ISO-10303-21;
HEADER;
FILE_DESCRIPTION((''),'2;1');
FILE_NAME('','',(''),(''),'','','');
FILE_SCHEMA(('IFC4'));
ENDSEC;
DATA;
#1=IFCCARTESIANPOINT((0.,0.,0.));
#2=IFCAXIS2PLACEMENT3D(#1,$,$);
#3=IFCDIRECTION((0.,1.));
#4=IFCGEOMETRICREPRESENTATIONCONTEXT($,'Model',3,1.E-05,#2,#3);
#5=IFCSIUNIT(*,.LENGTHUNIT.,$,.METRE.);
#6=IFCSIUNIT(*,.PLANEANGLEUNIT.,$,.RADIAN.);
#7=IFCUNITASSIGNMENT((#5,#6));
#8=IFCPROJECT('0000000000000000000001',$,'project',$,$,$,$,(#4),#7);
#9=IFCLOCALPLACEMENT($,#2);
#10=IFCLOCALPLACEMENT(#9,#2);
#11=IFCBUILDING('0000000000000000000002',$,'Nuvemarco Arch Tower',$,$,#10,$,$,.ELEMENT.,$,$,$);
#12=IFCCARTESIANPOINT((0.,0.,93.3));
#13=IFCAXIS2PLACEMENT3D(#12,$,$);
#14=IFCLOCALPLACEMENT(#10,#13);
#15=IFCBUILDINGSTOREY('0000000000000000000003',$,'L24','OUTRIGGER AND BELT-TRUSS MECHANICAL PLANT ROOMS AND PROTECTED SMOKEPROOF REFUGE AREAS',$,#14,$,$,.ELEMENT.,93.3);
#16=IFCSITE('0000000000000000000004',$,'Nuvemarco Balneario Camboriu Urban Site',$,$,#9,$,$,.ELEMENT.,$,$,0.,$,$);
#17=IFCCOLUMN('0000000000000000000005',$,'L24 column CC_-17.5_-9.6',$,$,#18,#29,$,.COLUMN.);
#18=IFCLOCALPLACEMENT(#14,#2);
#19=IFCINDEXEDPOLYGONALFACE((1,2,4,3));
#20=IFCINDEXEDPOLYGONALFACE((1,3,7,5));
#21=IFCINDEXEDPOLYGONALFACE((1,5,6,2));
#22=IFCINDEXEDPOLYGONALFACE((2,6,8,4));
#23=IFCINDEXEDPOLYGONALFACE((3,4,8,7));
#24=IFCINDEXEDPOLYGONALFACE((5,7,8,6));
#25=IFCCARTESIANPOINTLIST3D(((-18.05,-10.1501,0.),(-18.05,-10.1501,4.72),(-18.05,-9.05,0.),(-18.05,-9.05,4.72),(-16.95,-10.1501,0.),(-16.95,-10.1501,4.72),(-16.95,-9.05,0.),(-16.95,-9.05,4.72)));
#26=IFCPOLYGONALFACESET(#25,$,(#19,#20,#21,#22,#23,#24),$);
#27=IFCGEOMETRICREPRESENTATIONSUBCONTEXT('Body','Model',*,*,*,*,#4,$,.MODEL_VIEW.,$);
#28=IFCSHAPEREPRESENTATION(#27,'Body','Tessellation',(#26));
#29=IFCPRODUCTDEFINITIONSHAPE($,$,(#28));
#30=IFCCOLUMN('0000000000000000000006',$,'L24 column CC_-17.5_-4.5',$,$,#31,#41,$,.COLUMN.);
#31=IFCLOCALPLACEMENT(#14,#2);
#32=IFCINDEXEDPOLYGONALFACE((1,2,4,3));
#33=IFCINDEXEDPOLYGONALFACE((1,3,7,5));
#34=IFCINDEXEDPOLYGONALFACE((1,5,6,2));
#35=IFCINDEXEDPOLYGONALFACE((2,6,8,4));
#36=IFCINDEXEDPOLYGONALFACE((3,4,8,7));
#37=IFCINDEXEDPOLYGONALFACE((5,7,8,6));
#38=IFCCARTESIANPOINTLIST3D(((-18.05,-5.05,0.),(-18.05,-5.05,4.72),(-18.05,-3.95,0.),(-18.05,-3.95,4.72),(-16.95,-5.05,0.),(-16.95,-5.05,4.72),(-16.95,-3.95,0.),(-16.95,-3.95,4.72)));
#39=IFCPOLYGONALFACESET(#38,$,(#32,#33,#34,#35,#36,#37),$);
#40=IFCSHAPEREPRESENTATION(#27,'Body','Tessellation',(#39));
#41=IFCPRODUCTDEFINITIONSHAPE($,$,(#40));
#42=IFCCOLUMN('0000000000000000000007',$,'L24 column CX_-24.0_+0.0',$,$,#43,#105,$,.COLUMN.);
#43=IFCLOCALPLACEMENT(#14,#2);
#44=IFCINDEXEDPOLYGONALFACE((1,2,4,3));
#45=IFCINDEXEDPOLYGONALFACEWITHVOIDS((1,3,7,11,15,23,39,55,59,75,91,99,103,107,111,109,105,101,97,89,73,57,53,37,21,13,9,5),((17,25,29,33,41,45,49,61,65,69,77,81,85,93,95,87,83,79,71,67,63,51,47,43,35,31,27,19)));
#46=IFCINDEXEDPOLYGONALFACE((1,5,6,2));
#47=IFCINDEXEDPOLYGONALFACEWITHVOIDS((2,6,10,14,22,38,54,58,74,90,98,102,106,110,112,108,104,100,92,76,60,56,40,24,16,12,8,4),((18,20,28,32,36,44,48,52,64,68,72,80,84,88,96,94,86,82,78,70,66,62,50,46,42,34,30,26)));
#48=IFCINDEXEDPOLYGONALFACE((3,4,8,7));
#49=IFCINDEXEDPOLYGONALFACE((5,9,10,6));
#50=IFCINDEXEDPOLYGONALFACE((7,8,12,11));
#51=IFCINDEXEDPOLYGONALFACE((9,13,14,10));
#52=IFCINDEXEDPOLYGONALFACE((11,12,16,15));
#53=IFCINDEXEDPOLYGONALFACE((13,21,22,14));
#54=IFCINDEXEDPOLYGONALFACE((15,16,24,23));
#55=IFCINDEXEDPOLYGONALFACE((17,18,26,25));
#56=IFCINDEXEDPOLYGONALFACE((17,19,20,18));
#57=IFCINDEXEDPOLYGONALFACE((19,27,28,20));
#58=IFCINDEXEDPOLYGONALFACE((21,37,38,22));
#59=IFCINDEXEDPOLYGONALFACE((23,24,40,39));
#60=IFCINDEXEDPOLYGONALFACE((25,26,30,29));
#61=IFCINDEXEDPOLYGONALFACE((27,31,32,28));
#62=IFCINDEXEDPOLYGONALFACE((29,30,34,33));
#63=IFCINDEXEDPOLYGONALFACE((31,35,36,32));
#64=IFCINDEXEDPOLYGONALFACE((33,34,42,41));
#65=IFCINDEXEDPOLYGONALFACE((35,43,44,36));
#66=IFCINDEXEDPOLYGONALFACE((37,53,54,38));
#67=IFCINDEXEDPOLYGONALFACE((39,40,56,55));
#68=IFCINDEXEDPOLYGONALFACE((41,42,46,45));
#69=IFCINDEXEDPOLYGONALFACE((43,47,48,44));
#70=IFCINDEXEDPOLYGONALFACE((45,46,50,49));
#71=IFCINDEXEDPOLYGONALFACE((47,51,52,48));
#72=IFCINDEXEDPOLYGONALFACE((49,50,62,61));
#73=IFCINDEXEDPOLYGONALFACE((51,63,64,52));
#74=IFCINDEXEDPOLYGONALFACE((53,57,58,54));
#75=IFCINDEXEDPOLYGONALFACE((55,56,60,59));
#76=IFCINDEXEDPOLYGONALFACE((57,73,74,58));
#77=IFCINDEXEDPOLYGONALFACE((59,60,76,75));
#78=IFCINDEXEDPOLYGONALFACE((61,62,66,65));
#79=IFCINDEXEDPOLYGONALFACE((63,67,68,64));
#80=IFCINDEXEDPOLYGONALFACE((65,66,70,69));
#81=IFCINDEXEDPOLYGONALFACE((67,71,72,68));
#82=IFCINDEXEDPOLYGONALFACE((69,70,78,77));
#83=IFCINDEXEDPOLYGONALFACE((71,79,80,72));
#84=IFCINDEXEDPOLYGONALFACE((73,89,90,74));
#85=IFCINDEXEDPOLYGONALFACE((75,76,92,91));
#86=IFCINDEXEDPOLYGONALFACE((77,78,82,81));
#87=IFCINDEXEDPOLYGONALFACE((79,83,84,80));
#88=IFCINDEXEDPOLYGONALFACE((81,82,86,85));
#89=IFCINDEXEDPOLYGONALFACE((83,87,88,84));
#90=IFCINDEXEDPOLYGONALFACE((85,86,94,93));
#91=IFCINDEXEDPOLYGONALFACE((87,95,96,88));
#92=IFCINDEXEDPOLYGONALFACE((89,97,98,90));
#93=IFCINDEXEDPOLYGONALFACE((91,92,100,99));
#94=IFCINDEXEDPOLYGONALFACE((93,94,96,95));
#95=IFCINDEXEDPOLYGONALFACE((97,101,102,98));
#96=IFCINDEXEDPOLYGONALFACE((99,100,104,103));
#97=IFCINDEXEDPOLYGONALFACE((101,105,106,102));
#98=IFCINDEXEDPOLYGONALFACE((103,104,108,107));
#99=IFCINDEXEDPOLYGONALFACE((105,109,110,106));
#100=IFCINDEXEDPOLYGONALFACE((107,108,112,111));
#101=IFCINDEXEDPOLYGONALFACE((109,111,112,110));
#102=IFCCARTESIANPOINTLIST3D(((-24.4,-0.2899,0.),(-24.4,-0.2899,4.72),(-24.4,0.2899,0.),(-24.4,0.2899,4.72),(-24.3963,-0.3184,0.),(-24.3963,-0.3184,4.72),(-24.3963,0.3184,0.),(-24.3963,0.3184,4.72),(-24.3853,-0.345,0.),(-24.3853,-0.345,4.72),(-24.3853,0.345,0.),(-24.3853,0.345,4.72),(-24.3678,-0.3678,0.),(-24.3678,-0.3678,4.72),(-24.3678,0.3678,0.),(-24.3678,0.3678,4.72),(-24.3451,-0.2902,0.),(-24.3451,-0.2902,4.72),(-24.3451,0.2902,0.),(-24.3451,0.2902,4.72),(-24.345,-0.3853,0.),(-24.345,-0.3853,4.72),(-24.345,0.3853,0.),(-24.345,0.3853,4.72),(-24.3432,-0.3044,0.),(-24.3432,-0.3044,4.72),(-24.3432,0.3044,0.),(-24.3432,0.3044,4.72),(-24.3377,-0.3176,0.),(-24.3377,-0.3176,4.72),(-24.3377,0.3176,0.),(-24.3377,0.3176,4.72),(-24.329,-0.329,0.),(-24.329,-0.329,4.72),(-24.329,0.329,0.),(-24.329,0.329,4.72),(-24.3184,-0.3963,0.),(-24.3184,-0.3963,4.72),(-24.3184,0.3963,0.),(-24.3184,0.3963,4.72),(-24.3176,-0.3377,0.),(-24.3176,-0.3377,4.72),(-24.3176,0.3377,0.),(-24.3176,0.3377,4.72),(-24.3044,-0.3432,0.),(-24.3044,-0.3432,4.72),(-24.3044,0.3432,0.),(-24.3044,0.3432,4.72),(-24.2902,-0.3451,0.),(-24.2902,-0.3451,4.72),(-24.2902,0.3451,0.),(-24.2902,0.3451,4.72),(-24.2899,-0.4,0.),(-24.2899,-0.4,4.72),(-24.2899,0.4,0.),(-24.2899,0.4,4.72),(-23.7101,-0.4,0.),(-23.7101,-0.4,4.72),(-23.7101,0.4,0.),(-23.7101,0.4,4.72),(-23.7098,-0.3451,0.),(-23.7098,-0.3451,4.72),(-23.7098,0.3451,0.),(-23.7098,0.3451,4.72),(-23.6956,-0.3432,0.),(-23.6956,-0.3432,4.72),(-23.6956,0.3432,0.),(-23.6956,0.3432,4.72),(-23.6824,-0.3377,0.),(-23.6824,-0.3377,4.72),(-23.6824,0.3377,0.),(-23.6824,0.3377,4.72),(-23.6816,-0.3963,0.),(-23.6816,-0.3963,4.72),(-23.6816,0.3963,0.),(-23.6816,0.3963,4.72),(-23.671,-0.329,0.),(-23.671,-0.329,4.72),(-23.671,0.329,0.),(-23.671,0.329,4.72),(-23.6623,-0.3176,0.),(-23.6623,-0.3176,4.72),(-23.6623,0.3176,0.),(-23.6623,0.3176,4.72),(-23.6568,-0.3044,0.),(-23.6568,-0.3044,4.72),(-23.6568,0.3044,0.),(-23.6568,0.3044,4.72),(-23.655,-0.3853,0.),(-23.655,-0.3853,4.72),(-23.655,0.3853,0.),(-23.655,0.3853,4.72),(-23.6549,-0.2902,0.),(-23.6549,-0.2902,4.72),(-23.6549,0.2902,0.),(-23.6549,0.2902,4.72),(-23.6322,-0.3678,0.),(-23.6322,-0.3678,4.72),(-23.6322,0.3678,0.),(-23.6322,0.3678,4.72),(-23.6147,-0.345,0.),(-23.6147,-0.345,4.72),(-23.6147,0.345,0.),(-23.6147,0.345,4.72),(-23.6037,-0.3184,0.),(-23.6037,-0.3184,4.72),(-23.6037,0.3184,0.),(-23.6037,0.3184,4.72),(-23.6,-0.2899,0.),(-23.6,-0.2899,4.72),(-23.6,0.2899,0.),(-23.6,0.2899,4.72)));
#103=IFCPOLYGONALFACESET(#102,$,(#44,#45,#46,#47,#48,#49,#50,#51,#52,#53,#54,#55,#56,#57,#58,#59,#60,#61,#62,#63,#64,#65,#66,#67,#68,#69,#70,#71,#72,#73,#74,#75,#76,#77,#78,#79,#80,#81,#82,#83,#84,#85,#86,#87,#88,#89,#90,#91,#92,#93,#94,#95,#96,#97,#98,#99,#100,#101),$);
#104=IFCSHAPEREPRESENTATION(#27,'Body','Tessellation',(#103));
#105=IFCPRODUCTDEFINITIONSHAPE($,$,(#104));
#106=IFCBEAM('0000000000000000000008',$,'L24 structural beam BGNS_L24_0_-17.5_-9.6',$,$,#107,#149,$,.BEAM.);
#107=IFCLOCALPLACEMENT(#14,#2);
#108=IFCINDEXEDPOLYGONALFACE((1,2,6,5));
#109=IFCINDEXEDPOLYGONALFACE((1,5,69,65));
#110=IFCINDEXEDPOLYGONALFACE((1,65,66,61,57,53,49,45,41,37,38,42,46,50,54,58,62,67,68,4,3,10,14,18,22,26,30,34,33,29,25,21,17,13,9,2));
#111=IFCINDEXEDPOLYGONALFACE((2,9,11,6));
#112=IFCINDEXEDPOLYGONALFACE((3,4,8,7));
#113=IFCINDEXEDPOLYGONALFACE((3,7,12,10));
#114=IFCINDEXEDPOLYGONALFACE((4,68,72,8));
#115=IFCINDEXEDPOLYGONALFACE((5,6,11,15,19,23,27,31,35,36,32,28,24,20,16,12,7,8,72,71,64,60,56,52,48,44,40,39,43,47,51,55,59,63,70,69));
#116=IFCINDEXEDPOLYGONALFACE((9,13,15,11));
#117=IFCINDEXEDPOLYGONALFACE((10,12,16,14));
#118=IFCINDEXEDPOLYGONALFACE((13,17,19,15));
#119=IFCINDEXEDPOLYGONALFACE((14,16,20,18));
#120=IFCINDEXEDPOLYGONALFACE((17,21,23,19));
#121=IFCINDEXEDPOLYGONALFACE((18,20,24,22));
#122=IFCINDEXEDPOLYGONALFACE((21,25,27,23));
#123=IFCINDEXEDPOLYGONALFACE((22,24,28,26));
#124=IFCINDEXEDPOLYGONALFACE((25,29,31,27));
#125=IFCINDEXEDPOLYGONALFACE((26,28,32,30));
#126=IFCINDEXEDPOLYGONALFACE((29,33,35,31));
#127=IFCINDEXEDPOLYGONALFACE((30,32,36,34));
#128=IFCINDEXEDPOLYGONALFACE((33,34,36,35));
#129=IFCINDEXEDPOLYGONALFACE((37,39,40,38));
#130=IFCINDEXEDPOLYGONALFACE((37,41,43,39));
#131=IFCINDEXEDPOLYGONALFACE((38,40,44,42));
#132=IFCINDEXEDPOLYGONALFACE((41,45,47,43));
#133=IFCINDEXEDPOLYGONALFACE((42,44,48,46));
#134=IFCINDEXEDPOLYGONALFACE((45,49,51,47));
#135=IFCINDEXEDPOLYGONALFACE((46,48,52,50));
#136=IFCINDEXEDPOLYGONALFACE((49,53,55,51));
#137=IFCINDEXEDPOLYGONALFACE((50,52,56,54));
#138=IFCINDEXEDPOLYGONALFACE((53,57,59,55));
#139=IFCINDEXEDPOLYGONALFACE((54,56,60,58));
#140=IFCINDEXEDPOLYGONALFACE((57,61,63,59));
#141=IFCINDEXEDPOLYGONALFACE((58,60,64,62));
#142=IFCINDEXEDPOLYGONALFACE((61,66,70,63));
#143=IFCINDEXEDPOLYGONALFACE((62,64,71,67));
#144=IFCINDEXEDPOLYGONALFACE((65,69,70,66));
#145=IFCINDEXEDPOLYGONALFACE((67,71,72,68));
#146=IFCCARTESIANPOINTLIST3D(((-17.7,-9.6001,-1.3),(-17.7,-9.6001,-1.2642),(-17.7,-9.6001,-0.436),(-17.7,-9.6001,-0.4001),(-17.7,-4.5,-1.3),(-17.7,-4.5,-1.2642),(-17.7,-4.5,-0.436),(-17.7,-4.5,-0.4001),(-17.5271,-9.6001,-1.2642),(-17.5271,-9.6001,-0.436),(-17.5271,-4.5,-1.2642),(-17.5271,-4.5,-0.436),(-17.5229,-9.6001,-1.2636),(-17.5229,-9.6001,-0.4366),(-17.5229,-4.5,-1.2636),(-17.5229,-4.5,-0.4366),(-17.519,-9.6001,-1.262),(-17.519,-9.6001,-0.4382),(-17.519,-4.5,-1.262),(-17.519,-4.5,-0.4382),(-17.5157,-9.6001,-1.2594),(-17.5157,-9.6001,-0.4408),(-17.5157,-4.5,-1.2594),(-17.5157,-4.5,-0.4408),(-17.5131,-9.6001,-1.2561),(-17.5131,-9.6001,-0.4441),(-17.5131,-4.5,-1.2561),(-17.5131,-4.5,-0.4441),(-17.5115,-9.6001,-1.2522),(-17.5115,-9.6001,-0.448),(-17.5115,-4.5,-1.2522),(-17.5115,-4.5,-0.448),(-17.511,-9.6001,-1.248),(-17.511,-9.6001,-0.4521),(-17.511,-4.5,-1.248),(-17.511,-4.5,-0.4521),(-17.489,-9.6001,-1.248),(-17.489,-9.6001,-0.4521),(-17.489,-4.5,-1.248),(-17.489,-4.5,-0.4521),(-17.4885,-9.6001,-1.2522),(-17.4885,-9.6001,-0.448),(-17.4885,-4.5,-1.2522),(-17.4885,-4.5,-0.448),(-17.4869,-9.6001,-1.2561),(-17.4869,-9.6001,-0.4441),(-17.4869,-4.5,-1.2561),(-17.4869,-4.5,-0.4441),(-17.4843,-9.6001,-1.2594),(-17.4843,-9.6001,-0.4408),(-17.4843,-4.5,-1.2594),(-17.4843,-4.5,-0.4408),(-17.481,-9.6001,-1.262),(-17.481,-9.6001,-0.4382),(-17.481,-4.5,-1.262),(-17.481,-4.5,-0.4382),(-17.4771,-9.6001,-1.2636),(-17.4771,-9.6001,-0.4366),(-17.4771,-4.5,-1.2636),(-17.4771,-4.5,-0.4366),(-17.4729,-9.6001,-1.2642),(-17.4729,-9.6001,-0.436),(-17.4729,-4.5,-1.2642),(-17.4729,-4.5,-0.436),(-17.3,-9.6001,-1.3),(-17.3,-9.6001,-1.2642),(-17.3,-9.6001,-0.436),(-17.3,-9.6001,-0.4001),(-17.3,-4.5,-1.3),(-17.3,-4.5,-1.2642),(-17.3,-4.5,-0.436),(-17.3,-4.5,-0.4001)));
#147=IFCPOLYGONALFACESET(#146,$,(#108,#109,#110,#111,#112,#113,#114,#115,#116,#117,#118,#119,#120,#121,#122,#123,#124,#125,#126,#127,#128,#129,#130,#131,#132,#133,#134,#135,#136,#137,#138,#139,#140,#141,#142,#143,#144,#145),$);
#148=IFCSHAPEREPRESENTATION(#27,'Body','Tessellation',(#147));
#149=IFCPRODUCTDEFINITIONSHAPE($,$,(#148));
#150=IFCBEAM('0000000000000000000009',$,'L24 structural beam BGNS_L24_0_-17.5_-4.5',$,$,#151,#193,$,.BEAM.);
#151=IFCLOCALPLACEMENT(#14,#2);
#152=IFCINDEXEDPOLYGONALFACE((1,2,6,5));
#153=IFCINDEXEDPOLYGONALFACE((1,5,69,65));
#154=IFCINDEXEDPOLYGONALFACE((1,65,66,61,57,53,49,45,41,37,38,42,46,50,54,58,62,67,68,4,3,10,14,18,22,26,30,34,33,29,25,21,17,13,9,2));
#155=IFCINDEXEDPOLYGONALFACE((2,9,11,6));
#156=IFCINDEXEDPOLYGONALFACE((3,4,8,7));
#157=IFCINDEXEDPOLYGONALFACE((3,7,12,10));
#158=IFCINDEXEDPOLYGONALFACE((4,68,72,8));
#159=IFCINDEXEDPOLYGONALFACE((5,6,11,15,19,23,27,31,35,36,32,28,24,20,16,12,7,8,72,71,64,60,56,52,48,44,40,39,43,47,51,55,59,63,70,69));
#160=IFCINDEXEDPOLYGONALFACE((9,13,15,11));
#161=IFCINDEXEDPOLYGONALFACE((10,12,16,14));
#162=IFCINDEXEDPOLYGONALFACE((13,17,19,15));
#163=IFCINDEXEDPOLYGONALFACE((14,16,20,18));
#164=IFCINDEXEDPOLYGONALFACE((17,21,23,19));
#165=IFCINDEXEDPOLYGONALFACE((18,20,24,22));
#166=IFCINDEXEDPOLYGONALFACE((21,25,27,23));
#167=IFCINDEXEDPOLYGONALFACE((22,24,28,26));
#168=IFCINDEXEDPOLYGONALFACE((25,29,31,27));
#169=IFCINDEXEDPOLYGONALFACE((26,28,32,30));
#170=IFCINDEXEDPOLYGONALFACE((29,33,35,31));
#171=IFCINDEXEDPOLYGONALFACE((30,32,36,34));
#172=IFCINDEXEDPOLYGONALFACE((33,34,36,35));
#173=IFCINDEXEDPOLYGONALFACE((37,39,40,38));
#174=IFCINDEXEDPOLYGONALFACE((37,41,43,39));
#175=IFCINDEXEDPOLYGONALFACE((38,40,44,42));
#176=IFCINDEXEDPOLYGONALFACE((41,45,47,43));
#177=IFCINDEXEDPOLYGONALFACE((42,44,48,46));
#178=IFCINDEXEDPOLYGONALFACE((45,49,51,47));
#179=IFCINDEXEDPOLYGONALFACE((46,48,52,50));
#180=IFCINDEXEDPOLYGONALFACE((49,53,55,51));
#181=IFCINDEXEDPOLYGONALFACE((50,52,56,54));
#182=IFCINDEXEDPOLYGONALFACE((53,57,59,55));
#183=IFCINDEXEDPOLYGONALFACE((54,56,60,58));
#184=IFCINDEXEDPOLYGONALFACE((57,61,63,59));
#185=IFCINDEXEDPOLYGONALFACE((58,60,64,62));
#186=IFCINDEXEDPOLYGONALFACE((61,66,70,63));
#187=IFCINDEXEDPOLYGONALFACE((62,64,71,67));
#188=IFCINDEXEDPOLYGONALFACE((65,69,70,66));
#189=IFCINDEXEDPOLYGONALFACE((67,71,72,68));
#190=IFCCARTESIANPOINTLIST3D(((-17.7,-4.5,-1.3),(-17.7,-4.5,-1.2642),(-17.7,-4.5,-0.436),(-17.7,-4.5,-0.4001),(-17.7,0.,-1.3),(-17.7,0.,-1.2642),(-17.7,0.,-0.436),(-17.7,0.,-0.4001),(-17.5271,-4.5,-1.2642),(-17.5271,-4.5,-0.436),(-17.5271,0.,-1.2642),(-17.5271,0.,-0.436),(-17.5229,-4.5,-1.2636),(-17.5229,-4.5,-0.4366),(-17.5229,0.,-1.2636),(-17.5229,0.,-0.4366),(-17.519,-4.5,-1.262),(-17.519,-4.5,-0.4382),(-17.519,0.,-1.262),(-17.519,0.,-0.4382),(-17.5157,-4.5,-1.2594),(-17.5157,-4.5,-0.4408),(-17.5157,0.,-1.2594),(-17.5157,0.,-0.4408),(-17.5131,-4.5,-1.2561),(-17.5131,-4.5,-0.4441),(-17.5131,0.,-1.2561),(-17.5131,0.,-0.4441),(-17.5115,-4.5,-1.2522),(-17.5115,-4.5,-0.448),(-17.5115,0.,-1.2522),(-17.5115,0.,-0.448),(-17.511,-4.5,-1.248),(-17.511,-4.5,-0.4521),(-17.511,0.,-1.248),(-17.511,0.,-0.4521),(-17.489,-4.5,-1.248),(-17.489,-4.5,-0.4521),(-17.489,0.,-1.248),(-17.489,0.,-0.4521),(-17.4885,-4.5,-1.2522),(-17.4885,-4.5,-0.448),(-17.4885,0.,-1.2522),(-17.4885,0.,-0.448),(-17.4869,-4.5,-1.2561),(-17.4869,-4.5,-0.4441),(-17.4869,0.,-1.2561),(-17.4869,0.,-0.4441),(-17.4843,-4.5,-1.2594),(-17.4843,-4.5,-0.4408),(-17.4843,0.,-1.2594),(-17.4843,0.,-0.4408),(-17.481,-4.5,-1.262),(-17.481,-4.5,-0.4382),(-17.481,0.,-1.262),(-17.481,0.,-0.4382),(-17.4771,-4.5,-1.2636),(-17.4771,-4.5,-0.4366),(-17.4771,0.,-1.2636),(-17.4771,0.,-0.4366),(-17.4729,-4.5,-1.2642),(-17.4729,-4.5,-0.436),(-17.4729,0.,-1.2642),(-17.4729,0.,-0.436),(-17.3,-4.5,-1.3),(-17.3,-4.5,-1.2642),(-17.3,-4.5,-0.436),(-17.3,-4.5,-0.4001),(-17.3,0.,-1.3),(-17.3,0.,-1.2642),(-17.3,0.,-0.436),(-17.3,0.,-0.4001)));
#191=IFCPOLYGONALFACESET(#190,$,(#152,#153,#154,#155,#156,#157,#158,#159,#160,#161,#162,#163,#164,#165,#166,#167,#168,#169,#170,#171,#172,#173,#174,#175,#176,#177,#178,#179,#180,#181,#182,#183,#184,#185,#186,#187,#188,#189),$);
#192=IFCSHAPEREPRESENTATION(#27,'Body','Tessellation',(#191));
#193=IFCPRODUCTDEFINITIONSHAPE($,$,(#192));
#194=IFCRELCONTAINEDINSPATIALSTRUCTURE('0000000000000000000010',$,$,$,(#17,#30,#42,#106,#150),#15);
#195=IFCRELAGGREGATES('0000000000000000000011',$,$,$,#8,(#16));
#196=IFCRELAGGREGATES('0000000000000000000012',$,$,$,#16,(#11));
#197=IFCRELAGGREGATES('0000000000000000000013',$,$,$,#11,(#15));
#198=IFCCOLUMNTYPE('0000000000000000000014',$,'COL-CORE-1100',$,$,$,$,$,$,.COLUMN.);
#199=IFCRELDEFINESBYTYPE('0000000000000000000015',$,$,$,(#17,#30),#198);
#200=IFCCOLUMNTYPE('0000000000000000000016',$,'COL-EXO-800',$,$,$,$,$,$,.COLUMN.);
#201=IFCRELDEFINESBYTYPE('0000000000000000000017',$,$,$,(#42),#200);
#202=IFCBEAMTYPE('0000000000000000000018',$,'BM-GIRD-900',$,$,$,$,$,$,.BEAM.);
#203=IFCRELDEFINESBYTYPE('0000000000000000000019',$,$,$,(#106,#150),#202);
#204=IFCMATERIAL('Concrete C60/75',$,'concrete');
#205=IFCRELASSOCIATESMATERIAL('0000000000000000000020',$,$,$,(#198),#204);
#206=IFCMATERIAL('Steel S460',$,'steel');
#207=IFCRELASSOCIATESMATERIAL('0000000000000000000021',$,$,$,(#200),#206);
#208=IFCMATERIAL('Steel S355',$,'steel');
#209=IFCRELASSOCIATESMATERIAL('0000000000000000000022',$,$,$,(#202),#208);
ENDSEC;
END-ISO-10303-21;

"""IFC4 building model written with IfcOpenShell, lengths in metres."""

from ifc_helpers import new_model, si_unit, direction, frame, origin, origin_2d, place, context, subcontext, project, spatial, rectangle, hollow_rectangle, i_section, extrude, material, material_profile, profile_set, type_object, element, save


model = new_model("IFC4")

# Units and contexts
model_context = context("Model", 3, precision=1e-05, world=origin(), true_north=direction((0.0, 1.0)))
body_context = subcontext(model_context, "Body", "Model", "MODEL_VIEW")
ifc_project = project(units=[si_unit("LENGTHUNIT", "METRE"), si_unit("PLANEANGLEUNIT", "RADIAN")], contexts=[model_context])

# Site, building, storey
site_placement = place(None, origin())
site = spatial("IfcSite", under=ifc_project, at=site_placement, Name="Nuvemarco Balneario Camboriu Urban Site", CompositionType="ELEMENT", RefElevation=0.0)
building_placement = place(site_placement, origin())
building = spatial("IfcBuilding", under=site, at=building_placement, Name="Nuvemarco Arch Tower", CompositionType="ELEMENT")
storey_placement = place(building_placement, frame((0.0, 0.0, 93.3)))
storey = spatial("IfcBuildingStorey", under=building, at=storey_placement, Name="L24", Description="OUTRIGGER AND BELT-TRUSS MECHANICAL PLANT ROOMS AND PROTECTED SMOKEPROOF REFUGE AREAS", CompositionType="ELEMENT", Elevation=93.3)

# Columns
ifc_material_1 = material(Name="Concrete C60/75", Category="concrete")
ifc_material_profile_1 = material_profile(ifc_material_1, rectangle(XDim=1.1001, YDim=1.1001, at=origin_2d()), Name="RC-COL-1100x1100")
ifc_profile_set_1 = profile_set([ifc_material_profile_1], Name="Concrete C60/75")
column_type_1 = type_object("IfcColumnType", Name="COL-CORE-1100", PredefinedType="COLUMN", material=ifc_profile_set_1)
for number, where, z_axis, x_axis, name in (
    (1, (-17.5, -9.6001, 0.0), (0.0, 0.0, 1.0), (1.0, 0.0, 0.0), "L24 column CC_-17.5_-9.6"),
    (2, (-17.5, -4.5, 0.0), (0.0, 0.0, 1.0), (1.0, 0.0, 0.0), "L24 column CC_-17.5_-4.5"),
):
    element("IfcColumn", number, at=place(storey_placement, frame(where, z_axis=z_axis, x_axis=x_axis)), inside=storey, type_object=column_type_1, Name=name, PredefinedType="COLUMN", context=body_context, shape_type="SweptSolid", body=[
        extrude(rectangle(XDim=1.1001, YDim=1.1001, at=origin_2d()), origin(), (0.0, 0.0, 1.0), 4.72),
    ])
ifc_material_2 = material(Name="Steel S460", Category="steel")
ifc_material_profile_2 = material_profile(ifc_material_2, hollow_rectangle(XDim=0.8, YDim=0.8, WallThickness=0.0549, InnerFilletRadius=0.0549, OuterFilletRadius=0.1101, at=origin_2d()), Name="SHS800x800x55")
ifc_profile_set_2 = profile_set([ifc_material_profile_2], Name="Steel S460")
column_type_2 = type_object("IfcColumnType", Name="COL-EXO-800", PredefinedType="COLUMN", material=ifc_profile_set_2)
column_placement = place(storey_placement, frame((-24.0, 0.0, 0.0), z_axis=(0.0, 0.0, 1.0), x_axis=(1.0, 0.0, 0.0)))
element("IfcColumn", 3, at=column_placement, inside=storey, type_object=column_type_2, Name="L24 column CX_-24.0_+0.0", PredefinedType="COLUMN", context=body_context, shape_type="SweptSolid", body=[
    extrude(hollow_rectangle(XDim=0.8, YDim=0.8, WallThickness=0.0549, InnerFilletRadius=0.0549, OuterFilletRadius=0.1101, at=origin_2d()), origin(), (0.0, 0.0, 1.0), 4.72),
])

# Beams
ifc_material_3 = material(Name="Steel S355", Category="steel")
ifc_material_profile_3 = material_profile(ifc_material_3, i_section(OverallWidth=0.3999, OverallDepth=0.8999, WebThickness=0.022, FlangeThickness=0.0359, FilletRadius=0.0161, at=origin_2d()), Name="PG900x400")
ifc_profile_set_3 = profile_set([ifc_material_profile_3], Name="Steel S355")
beam_type_1 = type_object("IfcBeamType", Name="BM-GIRD-900", PredefinedType="BEAM", material=ifc_profile_set_3)
beam_1_placement = place(storey_placement, frame((-17.5, -9.6001, -0.8501), z_axis=(0.0, 1.0, 0.0), x_axis=(-1.0, 0.0, 0.0)))
element("IfcBeam", 4, at=beam_1_placement, inside=storey, type_object=beam_type_1, Name="L24 structural beam BGNS_L24_0_-17.5_-9.6", PredefinedType="BEAM", context=body_context, shape_type="SweptSolid", body=[
    extrude(i_section(OverallWidth=0.3999, OverallDepth=0.8999, WebThickness=0.022, FlangeThickness=0.0359, FilletRadius=0.0161, at=origin_2d()), origin(), (0.0, 0.0, 1.0), 5.1001),
])
beam_2_placement = place(storey_placement, frame((-17.5, -4.5, -0.8501), z_axis=(0.0, 1.0, 0.0), x_axis=(-1.0, 0.0, 0.0)))
element("IfcBeam", 5, at=beam_2_placement, inside=storey, type_object=beam_type_1, Name="L24 structural beam BGNS_L24_0_-17.5_-4.5", PredefinedType="BEAM", context=body_context, shape_type="SweptSolid", body=[
    extrude(i_section(OverallWidth=0.3999, OverallDepth=0.8999, WebThickness=0.022, FlangeThickness=0.0359, FilletRadius=0.0161, at=origin_2d()), origin(), (0.0, 0.0, 1.0), 4.5),
])

save(model, "model.ifc")
